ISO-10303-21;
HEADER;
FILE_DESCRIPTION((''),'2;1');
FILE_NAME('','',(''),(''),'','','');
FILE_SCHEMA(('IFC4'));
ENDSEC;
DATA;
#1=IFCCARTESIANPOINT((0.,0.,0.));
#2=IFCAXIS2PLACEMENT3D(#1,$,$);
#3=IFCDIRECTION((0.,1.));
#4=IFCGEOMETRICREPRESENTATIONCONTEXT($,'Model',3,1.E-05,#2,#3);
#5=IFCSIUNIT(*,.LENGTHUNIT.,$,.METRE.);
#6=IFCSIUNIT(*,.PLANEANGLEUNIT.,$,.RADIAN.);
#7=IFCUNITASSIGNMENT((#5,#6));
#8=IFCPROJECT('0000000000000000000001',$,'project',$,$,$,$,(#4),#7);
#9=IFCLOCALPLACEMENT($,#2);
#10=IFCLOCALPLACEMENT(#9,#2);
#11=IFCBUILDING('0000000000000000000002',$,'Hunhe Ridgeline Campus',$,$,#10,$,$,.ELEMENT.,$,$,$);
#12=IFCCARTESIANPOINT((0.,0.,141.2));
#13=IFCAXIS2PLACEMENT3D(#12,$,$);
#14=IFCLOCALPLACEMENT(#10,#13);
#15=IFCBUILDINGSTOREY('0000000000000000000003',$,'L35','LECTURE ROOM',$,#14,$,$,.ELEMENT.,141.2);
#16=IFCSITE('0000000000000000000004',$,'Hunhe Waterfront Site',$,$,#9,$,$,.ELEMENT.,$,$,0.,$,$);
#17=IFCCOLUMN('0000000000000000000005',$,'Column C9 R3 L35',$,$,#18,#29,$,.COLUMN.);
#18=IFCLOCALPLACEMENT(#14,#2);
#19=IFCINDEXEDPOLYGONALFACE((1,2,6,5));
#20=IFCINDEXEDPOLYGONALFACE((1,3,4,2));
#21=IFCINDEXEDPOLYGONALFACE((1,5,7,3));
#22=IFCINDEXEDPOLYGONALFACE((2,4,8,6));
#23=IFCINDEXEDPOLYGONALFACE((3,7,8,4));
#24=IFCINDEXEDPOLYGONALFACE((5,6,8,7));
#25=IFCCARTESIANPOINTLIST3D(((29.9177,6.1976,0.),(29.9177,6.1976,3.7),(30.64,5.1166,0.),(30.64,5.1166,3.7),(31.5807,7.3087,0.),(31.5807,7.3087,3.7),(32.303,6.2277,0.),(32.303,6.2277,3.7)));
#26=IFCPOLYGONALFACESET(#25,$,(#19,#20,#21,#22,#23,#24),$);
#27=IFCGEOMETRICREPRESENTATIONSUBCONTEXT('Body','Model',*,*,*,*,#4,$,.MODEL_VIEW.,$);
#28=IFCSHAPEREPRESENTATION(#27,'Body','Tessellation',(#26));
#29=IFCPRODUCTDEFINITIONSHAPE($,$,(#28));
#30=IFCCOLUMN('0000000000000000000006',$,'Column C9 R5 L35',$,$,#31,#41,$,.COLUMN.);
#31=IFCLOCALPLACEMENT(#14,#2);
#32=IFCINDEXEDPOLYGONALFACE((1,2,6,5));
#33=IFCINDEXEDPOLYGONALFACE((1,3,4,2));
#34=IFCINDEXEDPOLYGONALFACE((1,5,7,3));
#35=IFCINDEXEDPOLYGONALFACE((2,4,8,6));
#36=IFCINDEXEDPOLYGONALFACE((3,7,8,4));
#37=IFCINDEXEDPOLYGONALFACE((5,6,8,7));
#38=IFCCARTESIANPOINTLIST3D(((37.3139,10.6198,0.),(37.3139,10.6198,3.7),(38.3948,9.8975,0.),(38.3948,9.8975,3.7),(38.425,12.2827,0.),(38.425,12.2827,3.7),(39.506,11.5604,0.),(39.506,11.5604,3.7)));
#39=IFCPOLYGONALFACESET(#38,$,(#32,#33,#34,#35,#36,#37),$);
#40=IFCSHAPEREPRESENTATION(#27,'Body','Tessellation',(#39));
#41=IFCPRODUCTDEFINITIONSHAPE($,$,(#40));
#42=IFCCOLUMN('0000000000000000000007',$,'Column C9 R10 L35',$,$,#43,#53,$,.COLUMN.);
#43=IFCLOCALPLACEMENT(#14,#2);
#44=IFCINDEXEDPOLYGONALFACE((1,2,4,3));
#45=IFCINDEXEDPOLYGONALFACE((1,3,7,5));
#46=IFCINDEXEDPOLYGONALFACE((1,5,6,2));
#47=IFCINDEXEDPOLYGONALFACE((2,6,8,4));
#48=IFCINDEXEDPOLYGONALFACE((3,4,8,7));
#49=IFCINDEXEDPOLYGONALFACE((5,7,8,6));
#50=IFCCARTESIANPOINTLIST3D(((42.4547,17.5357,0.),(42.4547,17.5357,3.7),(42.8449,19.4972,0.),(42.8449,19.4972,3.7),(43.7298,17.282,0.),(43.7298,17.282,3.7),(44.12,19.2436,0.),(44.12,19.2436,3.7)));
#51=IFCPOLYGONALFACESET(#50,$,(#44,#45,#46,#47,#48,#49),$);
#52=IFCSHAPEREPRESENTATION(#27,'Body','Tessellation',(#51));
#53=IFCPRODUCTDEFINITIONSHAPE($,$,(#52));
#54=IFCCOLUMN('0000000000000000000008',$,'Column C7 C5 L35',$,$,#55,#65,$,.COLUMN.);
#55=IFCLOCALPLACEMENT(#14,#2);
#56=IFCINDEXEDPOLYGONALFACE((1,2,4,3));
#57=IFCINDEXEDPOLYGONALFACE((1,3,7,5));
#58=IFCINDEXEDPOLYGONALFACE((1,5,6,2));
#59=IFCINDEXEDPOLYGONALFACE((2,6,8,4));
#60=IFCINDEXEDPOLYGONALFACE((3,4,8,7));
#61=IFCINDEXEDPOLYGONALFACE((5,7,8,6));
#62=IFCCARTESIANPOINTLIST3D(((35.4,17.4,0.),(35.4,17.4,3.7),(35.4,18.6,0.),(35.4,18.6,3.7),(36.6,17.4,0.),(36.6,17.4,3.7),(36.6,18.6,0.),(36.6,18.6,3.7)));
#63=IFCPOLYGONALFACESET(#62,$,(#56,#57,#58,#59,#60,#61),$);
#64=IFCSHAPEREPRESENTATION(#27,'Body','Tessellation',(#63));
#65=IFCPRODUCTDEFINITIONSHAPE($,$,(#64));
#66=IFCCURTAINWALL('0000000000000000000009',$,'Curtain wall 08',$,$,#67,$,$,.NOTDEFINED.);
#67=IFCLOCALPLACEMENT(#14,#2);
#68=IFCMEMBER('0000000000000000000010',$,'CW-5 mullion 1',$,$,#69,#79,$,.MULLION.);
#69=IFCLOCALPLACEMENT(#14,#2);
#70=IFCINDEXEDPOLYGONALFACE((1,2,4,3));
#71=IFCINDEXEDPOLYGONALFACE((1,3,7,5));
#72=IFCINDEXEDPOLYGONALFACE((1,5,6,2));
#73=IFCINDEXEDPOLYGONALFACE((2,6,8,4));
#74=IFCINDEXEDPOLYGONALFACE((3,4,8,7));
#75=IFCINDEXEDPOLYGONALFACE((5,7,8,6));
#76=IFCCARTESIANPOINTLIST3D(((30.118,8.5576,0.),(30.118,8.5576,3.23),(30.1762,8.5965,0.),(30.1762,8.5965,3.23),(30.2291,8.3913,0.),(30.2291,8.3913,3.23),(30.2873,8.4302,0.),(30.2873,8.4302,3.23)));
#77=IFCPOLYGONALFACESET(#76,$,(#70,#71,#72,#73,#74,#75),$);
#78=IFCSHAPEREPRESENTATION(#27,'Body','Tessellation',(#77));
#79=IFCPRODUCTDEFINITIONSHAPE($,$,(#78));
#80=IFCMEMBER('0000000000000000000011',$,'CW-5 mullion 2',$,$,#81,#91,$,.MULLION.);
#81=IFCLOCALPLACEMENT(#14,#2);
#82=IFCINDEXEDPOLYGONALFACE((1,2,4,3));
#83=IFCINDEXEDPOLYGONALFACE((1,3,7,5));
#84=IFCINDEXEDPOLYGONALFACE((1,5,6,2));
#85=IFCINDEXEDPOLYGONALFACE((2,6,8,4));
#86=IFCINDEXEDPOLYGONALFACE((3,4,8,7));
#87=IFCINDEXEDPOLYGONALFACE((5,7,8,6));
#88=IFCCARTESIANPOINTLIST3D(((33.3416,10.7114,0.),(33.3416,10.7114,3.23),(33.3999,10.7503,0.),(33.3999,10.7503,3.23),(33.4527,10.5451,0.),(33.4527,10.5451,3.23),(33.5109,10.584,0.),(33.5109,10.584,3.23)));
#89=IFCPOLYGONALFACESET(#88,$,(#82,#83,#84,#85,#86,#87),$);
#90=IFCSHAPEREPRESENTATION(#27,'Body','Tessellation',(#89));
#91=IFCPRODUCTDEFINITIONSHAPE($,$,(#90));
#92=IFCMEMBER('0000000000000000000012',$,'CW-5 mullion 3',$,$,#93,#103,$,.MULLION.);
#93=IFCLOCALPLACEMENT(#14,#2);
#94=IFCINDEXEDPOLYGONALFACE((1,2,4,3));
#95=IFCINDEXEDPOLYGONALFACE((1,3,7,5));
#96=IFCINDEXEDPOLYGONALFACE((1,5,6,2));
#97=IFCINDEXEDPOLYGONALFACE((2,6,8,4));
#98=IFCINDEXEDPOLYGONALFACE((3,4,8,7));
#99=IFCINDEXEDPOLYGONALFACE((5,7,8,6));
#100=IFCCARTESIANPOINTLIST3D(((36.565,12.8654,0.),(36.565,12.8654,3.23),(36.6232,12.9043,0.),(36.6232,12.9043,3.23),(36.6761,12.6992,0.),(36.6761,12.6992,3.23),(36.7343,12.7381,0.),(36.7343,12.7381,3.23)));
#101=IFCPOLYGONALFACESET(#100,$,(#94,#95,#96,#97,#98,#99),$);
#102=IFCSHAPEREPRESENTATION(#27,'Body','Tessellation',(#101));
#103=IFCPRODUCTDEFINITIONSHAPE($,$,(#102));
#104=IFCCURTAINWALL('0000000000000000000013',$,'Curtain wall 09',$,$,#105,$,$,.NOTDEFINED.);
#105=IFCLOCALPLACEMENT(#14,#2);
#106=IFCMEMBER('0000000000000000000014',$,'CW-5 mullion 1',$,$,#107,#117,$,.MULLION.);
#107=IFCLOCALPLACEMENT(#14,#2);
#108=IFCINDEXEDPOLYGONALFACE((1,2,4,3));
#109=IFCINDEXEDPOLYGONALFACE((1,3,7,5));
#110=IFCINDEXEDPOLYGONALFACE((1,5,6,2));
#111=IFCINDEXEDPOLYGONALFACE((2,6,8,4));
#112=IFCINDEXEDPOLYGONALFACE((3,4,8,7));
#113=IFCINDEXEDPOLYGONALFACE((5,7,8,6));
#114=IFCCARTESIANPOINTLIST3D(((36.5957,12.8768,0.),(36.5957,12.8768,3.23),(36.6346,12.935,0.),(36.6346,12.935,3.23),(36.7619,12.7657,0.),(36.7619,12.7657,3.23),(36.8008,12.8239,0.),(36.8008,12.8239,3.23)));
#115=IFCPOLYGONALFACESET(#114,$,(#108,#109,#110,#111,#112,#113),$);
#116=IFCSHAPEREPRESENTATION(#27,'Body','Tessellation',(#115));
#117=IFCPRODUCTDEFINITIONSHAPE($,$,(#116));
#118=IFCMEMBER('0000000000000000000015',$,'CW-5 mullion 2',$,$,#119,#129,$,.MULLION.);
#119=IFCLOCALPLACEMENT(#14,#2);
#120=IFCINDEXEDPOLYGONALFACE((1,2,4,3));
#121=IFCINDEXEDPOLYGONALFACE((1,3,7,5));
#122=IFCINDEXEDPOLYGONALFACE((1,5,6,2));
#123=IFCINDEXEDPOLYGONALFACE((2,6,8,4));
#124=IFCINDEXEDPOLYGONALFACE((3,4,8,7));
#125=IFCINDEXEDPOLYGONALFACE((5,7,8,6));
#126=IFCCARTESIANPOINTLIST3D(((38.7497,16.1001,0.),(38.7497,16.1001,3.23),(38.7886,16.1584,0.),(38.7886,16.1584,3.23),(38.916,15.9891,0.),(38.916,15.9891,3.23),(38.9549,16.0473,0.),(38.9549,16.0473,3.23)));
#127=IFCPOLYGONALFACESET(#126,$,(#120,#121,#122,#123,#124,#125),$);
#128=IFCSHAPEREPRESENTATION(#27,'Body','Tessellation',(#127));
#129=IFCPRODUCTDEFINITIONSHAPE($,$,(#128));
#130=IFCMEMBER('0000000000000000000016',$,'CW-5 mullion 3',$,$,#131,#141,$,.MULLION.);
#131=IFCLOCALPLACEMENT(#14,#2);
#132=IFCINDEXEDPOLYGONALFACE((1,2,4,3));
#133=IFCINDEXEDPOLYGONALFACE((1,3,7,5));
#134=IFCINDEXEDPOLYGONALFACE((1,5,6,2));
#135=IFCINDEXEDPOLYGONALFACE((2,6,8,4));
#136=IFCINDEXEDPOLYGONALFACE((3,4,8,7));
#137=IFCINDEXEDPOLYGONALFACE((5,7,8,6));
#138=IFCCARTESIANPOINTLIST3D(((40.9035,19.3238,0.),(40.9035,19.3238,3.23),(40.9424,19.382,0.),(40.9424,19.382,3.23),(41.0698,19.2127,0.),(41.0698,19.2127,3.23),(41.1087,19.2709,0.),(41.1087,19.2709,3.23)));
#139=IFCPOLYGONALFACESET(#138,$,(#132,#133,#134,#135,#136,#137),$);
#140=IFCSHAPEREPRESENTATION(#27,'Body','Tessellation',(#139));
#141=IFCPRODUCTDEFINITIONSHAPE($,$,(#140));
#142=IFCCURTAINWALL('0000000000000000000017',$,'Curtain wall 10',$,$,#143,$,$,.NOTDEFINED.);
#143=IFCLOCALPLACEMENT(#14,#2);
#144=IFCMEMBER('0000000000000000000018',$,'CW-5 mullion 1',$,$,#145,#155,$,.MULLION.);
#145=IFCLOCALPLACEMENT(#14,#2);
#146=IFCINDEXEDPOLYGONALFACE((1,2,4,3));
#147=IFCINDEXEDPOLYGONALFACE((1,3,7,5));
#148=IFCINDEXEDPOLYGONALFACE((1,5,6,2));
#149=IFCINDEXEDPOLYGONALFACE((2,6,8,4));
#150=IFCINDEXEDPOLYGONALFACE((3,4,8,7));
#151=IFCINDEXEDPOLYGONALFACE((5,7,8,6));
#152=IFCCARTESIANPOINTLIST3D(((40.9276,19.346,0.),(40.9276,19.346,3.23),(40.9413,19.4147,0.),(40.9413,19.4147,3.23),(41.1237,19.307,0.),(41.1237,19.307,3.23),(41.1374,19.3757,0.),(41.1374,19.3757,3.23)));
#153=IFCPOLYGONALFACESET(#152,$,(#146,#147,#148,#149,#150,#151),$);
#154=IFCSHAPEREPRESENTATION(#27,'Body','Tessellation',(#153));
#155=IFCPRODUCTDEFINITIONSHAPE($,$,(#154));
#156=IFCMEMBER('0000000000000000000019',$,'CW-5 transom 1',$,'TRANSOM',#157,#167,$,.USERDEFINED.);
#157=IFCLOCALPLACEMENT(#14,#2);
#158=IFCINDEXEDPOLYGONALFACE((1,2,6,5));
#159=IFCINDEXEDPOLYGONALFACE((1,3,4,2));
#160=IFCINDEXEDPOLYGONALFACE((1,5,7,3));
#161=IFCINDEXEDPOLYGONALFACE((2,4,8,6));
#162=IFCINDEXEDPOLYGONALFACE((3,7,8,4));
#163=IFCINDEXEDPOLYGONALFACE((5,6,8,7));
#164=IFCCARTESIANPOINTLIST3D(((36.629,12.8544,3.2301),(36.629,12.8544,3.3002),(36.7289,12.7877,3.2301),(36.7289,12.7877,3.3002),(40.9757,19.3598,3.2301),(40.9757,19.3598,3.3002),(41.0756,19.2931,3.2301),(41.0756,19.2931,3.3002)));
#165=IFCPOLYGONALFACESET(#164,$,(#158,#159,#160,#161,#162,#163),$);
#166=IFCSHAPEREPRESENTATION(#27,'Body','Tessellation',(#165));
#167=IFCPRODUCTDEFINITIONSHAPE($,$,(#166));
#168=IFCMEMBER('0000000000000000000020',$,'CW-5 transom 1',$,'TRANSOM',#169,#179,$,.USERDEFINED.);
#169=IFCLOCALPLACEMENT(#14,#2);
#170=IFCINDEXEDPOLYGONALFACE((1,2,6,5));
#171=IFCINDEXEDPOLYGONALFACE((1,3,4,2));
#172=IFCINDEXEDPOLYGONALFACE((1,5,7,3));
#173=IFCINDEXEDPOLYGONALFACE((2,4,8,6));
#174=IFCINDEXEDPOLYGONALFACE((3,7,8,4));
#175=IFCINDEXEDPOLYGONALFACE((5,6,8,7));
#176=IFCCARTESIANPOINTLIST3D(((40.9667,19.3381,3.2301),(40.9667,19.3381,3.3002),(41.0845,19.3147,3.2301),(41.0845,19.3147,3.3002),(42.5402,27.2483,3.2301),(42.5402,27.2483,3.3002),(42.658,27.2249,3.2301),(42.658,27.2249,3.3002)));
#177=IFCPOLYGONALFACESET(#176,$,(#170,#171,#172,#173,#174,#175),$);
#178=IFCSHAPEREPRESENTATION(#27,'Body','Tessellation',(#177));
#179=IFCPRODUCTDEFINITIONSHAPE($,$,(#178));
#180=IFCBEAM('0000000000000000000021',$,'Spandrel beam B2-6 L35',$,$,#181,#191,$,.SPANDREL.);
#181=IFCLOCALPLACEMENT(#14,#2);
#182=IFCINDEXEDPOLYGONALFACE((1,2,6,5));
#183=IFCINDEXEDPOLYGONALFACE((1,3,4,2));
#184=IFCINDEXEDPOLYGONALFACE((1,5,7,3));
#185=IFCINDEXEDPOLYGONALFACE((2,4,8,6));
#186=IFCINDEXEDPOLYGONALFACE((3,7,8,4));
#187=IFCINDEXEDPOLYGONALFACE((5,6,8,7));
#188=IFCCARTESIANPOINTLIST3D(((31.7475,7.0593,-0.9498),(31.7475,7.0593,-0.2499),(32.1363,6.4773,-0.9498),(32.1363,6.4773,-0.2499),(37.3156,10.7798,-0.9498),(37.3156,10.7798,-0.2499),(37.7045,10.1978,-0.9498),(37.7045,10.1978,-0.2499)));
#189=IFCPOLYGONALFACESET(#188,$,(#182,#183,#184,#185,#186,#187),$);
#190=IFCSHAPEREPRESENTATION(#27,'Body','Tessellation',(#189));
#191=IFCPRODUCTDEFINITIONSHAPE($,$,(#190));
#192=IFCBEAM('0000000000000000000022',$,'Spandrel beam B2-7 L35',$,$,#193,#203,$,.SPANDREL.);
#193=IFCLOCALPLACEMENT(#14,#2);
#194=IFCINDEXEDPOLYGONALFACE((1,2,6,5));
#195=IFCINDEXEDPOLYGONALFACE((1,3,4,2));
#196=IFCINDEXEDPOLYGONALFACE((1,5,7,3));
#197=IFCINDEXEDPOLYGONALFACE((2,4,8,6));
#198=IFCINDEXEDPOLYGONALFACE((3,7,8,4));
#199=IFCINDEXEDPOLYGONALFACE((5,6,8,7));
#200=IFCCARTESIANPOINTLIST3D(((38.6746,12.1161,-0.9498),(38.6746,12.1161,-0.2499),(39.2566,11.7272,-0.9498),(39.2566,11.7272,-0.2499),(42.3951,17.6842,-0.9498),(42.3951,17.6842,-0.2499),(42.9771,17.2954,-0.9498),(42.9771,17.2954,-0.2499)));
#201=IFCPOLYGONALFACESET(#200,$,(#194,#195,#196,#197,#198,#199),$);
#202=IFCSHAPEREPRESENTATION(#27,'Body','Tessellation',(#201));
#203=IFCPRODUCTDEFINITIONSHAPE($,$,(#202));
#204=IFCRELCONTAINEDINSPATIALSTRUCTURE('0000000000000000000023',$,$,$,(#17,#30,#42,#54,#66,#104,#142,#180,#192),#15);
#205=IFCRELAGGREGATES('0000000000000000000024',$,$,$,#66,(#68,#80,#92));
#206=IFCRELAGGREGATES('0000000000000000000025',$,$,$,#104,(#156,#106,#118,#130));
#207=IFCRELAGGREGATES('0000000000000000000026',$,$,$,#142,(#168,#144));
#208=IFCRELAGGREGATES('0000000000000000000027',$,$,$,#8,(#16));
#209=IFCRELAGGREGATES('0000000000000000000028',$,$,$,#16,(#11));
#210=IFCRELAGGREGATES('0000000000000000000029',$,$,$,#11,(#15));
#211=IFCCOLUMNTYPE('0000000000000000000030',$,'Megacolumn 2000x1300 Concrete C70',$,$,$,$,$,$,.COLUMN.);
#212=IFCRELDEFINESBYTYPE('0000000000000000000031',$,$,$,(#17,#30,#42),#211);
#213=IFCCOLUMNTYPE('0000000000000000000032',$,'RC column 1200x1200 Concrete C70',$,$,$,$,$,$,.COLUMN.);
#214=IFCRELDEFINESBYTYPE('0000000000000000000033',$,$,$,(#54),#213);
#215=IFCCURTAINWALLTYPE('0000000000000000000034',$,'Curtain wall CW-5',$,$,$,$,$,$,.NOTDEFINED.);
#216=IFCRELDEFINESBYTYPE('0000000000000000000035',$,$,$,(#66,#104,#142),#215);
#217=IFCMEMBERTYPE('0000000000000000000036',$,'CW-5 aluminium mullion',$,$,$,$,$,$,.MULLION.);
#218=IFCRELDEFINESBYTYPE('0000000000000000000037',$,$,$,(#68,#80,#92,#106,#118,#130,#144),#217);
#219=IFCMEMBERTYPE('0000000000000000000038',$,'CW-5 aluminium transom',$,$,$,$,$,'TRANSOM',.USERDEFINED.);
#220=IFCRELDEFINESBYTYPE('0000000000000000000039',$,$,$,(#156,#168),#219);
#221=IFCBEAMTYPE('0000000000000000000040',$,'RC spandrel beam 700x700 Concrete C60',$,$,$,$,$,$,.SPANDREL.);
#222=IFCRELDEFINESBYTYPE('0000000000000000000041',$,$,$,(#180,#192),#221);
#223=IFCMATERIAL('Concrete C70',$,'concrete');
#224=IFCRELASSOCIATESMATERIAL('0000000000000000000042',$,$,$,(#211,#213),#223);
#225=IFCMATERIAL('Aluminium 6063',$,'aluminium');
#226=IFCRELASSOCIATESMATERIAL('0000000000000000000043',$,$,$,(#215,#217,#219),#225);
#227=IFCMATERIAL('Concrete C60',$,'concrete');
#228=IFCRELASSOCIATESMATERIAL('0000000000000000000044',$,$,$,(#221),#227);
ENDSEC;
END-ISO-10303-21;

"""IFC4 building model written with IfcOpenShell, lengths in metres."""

from ifc_helpers import new_model, si_unit, direction, frame, origin, origin_2d, place, context, subcontext, project, spatial, rectangle, extrude, material, material_profile, profile_set, type_object, element, aggregate, save


model = new_model("IFC4")

# Units and contexts
model_context = context("Model", 3, precision=1e-05, world=origin(), true_north=direction((0.0, 1.0)))
body_context = subcontext(model_context, "Body", "Model", "MODEL_VIEW")
ifc_project = project(units=[si_unit("LENGTHUNIT", "METRE"), si_unit("PLANEANGLEUNIT", "RADIAN")], contexts=[model_context])

# Site, building, storey
site_placement = place(None, origin())
site = spatial("IfcSite", under=ifc_project, at=site_placement, Name="Hunhe Waterfront Site", CompositionType="ELEMENT", RefElevation=0.0)
building_placement = place(site_placement, origin())
building = spatial("IfcBuilding", under=site, at=building_placement, Name="Hunhe Ridgeline Campus", CompositionType="ELEMENT")
storey_placement = place(building_placement, frame((0.0, 0.0, 141.2)))
storey = spatial("IfcBuildingStorey", under=building, at=storey_placement, Name="L35", Description="LECTURE ROOM", CompositionType="ELEMENT", Elevation=141.2)

# Columns
ifc_material_1 = material(Name="Concrete C70", Category="concrete")
ifc_material_profile_1 = material_profile(ifc_material_1, rectangle(XDim=2.0, YDim=1.3, at=origin_2d()))
ifc_profile_set_1 = profile_set([ifc_material_profile_1], Name="Concrete C70")
column_type_1 = type_object("IfcColumnType", Name="Megacolumn 2000x1300 Concrete C70", PredefinedType="COLUMN", material=ifc_profile_set_1)
for number, where, z_axis, x_axis, name in (
    (1, (31.1104, 6.2126, 0.0), (0.0, 0.0, 1.0), (0.83147, 0.55557, 0.0), "Column C9 R3 L35"),
    (2, (38.4099, 11.0901, 0.0), (0.0, 0.0, 1.0), (0.55557, 0.83147, 0.0), "Column C9 R5 L35"),
    (3, (43.2874, 18.3896, 0.0), (0.0, 0.0, 1.0), (0.19509, 0.980785, 0.0), "Column C9 R10 L35"),
):
    element("IfcColumn", number, at=place(storey_placement, frame(where, z_axis=z_axis, x_axis=x_axis)), inside=storey, type_object=column_type_1, Name=name, PredefinedType="COLUMN", context=body_context, shape_type="SweptSolid", body=[
        extrude(rectangle(XDim=2.0, YDim=1.3, at=origin_2d()), origin(), (0.0, 0.0, 1.0), 3.7),
    ])
ifc_material_profile_2 = material_profile(ifc_material_1, rectangle(XDim=1.2, YDim=1.2, at=origin_2d()))
ifc_profile_set_2 = profile_set([ifc_material_profile_2], Name="Concrete C70")
column_type_2 = type_object("IfcColumnType", Name="RC column 1200x1200 Concrete C70", PredefinedType="COLUMN", material=ifc_profile_set_2)
column_placement = place(storey_placement, frame((36.0, 18.0, 0.0), z_axis=(0.0, 0.0, 1.0), x_axis=(1.0, 0.0, 0.0)))
element("IfcColumn", 4, at=column_placement, inside=storey, type_object=column_type_2, Name="Column C7 C5 L35", PredefinedType="COLUMN", context=body_context, shape_type="SweptSolid", body=[
    extrude(rectangle(XDim=1.2, YDim=1.2, at=origin_2d()), origin(), (0.0, 0.0, 1.0), 3.7),
])

# Curtain walls, members
ifc_material_2 = material(Name="Aluminium 6063", Category="aluminium")
curtain_wall_type = type_object("IfcCurtainWallType", Name="Curtain wall CW-5", PredefinedType="NOTDEFINED", material=ifc_material_2)
curtain_wall_1_placement = place(storey_placement, origin())
curtain_wall_1 = element("IfcCurtainWall", 5, at=curtain_wall_1_placement, inside=storey, type_object=curtain_wall_type, Name="Curtain wall 08", PredefinedType="NOTDEFINED")
ifc_material_profile_3 = material_profile(ifc_material_2, rectangle(XDim=0.2, YDim=0.0701, at=origin_2d()))
ifc_profile_set_3 = profile_set([ifc_material_profile_3], Name="Aluminium 6063")
member_type_1 = type_object("IfcMemberType", Name="CW-5 aluminium mullion", PredefinedType="MULLION", material=ifc_profile_set_3)
member_1_placement = place(storey_placement, frame((30.2026, 8.4939, 0.0), z_axis=(0.0, 0.0, 1.0), x_axis=(-0.55557, 0.83147, 0.0)))
member_1 = element("IfcMember", 6, at=member_1_placement, type_object=member_type_1, Name="CW-5 mullion 1", PredefinedType="MULLION", context=body_context, shape_type="SweptSolid", body=[
    extrude(rectangle(XDim=0.2, YDim=0.0701, at=origin_2d()), origin(), (0.0, 0.0, 1.0), 3.23),
])
member_2_placement = place(storey_placement, frame((33.4263, 10.6477, 0.0), z_axis=(0.0, 0.0, 1.0), x_axis=(-0.55557, 0.83147, 0.0)))
member_2 = element("IfcMember", 7, at=member_2_placement, type_object=member_type_1, Name="CW-5 mullion 2", PredefinedType="MULLION", context=body_context, shape_type="SweptSolid", body=[
    extrude(rectangle(XDim=0.2, YDim=0.0701, at=origin_2d()), origin(), (0.0, 0.0, 1.0), 3.23),
])
member_3_placement = place(storey_placement, frame((36.6497, 12.8018, 0.0), z_axis=(0.0, 0.0, 1.0), x_axis=(-0.55557, 0.83147, 0.0)))
member_3 = element("IfcMember", 8, at=member_3_placement, type_object=member_type_1, Name="CW-5 mullion 3", PredefinedType="MULLION", context=body_context, shape_type="SweptSolid", body=[
    extrude(rectangle(XDim=0.2, YDim=0.0701, at=origin_2d()), origin(), (0.0, 0.0, 1.0), 3.23),
])
curtain_wall_2_placement = place(storey_placement, origin())
curtain_wall_2 = element("IfcCurtainWall", 9, at=curtain_wall_2_placement, inside=storey, type_object=curtain_wall_type, Name="Curtain wall 09", PredefinedType="NOTDEFINED")
member_4_placement = place(storey_placement, frame((36.6982, 12.8503, 0.0), z_axis=(0.0, 0.0, 1.0), x_axis=(-0.83147, 0.55557, 0.0)))
member_4 = element("IfcMember", 10, at=member_4_placement, type_object=member_type_1, Name="CW-5 mullion 1", PredefinedType="MULLION", context=body_context, shape_type="SweptSolid", body=[
    extrude(rectangle(XDim=0.2, YDim=0.0701, at=origin_2d()), origin(), (0.0, 0.0, 1.0), 3.23),
])
member_5_placement = place(storey_placement, frame((38.8523, 16.0737, 0.0), z_axis=(0.0, 0.0, 1.0), x_axis=(-0.83147, 0.55557, 0.0)))
member_5 = element("IfcMember", 11, at=member_5_placement, type_object=member_type_1, Name="CW-5 mullion 2", PredefinedType="MULLION", context=body_context, shape_type="SweptSolid", body=[
    extrude(rectangle(XDim=0.2, YDim=0.0701, at=origin_2d()), origin(), (0.0, 0.0, 1.0), 3.23),
])
member_6_placement = place(storey_placement, frame((41.0061, 19.2974, 0.0), z_axis=(0.0, 0.0, 1.0), x_axis=(-0.83147, 0.55557, 0.0)))
member_6 = element("IfcMember", 12, at=member_6_placement, type_object=member_type_1, Name="CW-5 mullion 3", PredefinedType="MULLION", context=body_context, shape_type="SweptSolid", body=[
    extrude(rectangle(XDim=0.2, YDim=0.0701, at=origin_2d()), origin(), (0.0, 0.0, 1.0), 3.23),
])

# Curtain wall, member
curtain_wall_3_placement = place(storey_placement, origin())
curtain_wall_3 = element("IfcCurtainWall", 13, at=curtain_wall_3_placement, inside=storey, type_object=curtain_wall_type, Name="Curtain wall 10", PredefinedType="NOTDEFINED")
member_7_placement = place(storey_placement, frame((41.0325, 19.3608, 0.0), z_axis=(0.0, 0.0, 1.0), x_axis=(-0.980785, 0.19509, 0.0)))
member_7 = element("IfcMember", 14, at=member_7_placement, type_object=member_type_1, Name="CW-5 mullion 1", PredefinedType="MULLION", context=body_context, shape_type="SweptSolid", body=[
    extrude(rectangle(XDim=0.2, YDim=0.0701, at=origin_2d()), origin(), (0.0, 0.0, 1.0), 3.23),
])

# Members
ifc_material_profile_4 = material_profile(ifc_material_2, rectangle(XDim=0.1201, YDim=0.0701, at=origin_2d()))
ifc_profile_set_4 = profile_set([ifc_material_profile_4], Name="Aluminium 6063")
member_type_2 = type_object("IfcMemberType", Name="CW-5 aluminium transom", ElementType="TRANSOM", PredefinedType="USERDEFINED", material=ifc_profile_set_4)
member_8_placement = place(storey_placement, frame((36.679, 12.821, 3.2651), z_axis=(0.555564, 0.831474, 0.0), x_axis=(-0.831474, 0.555564, 0.0)))
member_8 = element("IfcMember", 15, at=member_8_placement, type_object=member_type_2, Name="CW-5 transom 1", ObjectType="TRANSOM", PredefinedType="USERDEFINED", context=body_context, shape_type="SweptSolid", body=[
    extrude(rectangle(XDim=0.1201, YDim=0.0701, at=origin_2d()), origin(), (0.0, 0.0, 1.0), 7.824),
])
member_9_placement = place(storey_placement, frame((41.0256, 19.3264, 3.2651), z_axis=(0.195097, 0.980784, 0.0), x_axis=(-0.980784, 0.195097, 0.0)))
member_9 = element("IfcMember", 16, at=member_9_placement, type_object=member_type_2, Name="CW-5 transom 1", ObjectType="TRANSOM", PredefinedType="USERDEFINED", context=body_context, shape_type="SweptSolid", body=[
    extrude(rectangle(XDim=0.1201, YDim=0.0701, at=origin_2d()), origin(), (0.0, 0.0, 1.0), 8.0652),
])

# Beams
ifc_material_3 = material(Name="Concrete C60", Category="concrete")
ifc_material_profile_5 = material_profile(ifc_material_3, rectangle(XDim=0.7, YDim=0.7, at=origin_2d()))
ifc_profile_set_5 = profile_set([ifc_material_profile_5], Name="Concrete C60")
beam_type = type_object("IfcBeamType", Name="RC spandrel beam 700x700 Concrete C60", PredefinedType="SPANDREL", material=ifc_profile_set_5)
for number, where, z_axis, x_axis, name in (
    (17, (31.9419, 6.7683, -0.5999), (0.831472, 0.555566, 0.0), (-0.555566, 0.831472, 0.0), "Spandrel beam B2-6 L35"),
    (18, (38.9656, 11.9216, -0.5999), (0.555566, 0.831472, 0.0), (-0.831472, 0.555566, 0.0), "Spandrel beam B2-7 L35"),
):
    element("IfcBeam", number, at=place(storey_placement, frame(where, z_axis=z_axis, x_axis=x_axis)), inside=storey, type_object=beam_type, Name=name, PredefinedType="SPANDREL", context=body_context, shape_type="SweptSolid", body=[
        extrude(rectangle(XDim=0.7, YDim=0.7, at=origin_2d()), origin(), (0.0, 0.0, 1.0), 6.6968),
    ])

aggregate(curtain_wall_1, [member_1, member_2, member_3])
aggregate(curtain_wall_2, [member_8, member_4, member_5, member_6])
aggregate(curtain_wall_3, [member_9, member_7])

save(model, "model.ifc")
